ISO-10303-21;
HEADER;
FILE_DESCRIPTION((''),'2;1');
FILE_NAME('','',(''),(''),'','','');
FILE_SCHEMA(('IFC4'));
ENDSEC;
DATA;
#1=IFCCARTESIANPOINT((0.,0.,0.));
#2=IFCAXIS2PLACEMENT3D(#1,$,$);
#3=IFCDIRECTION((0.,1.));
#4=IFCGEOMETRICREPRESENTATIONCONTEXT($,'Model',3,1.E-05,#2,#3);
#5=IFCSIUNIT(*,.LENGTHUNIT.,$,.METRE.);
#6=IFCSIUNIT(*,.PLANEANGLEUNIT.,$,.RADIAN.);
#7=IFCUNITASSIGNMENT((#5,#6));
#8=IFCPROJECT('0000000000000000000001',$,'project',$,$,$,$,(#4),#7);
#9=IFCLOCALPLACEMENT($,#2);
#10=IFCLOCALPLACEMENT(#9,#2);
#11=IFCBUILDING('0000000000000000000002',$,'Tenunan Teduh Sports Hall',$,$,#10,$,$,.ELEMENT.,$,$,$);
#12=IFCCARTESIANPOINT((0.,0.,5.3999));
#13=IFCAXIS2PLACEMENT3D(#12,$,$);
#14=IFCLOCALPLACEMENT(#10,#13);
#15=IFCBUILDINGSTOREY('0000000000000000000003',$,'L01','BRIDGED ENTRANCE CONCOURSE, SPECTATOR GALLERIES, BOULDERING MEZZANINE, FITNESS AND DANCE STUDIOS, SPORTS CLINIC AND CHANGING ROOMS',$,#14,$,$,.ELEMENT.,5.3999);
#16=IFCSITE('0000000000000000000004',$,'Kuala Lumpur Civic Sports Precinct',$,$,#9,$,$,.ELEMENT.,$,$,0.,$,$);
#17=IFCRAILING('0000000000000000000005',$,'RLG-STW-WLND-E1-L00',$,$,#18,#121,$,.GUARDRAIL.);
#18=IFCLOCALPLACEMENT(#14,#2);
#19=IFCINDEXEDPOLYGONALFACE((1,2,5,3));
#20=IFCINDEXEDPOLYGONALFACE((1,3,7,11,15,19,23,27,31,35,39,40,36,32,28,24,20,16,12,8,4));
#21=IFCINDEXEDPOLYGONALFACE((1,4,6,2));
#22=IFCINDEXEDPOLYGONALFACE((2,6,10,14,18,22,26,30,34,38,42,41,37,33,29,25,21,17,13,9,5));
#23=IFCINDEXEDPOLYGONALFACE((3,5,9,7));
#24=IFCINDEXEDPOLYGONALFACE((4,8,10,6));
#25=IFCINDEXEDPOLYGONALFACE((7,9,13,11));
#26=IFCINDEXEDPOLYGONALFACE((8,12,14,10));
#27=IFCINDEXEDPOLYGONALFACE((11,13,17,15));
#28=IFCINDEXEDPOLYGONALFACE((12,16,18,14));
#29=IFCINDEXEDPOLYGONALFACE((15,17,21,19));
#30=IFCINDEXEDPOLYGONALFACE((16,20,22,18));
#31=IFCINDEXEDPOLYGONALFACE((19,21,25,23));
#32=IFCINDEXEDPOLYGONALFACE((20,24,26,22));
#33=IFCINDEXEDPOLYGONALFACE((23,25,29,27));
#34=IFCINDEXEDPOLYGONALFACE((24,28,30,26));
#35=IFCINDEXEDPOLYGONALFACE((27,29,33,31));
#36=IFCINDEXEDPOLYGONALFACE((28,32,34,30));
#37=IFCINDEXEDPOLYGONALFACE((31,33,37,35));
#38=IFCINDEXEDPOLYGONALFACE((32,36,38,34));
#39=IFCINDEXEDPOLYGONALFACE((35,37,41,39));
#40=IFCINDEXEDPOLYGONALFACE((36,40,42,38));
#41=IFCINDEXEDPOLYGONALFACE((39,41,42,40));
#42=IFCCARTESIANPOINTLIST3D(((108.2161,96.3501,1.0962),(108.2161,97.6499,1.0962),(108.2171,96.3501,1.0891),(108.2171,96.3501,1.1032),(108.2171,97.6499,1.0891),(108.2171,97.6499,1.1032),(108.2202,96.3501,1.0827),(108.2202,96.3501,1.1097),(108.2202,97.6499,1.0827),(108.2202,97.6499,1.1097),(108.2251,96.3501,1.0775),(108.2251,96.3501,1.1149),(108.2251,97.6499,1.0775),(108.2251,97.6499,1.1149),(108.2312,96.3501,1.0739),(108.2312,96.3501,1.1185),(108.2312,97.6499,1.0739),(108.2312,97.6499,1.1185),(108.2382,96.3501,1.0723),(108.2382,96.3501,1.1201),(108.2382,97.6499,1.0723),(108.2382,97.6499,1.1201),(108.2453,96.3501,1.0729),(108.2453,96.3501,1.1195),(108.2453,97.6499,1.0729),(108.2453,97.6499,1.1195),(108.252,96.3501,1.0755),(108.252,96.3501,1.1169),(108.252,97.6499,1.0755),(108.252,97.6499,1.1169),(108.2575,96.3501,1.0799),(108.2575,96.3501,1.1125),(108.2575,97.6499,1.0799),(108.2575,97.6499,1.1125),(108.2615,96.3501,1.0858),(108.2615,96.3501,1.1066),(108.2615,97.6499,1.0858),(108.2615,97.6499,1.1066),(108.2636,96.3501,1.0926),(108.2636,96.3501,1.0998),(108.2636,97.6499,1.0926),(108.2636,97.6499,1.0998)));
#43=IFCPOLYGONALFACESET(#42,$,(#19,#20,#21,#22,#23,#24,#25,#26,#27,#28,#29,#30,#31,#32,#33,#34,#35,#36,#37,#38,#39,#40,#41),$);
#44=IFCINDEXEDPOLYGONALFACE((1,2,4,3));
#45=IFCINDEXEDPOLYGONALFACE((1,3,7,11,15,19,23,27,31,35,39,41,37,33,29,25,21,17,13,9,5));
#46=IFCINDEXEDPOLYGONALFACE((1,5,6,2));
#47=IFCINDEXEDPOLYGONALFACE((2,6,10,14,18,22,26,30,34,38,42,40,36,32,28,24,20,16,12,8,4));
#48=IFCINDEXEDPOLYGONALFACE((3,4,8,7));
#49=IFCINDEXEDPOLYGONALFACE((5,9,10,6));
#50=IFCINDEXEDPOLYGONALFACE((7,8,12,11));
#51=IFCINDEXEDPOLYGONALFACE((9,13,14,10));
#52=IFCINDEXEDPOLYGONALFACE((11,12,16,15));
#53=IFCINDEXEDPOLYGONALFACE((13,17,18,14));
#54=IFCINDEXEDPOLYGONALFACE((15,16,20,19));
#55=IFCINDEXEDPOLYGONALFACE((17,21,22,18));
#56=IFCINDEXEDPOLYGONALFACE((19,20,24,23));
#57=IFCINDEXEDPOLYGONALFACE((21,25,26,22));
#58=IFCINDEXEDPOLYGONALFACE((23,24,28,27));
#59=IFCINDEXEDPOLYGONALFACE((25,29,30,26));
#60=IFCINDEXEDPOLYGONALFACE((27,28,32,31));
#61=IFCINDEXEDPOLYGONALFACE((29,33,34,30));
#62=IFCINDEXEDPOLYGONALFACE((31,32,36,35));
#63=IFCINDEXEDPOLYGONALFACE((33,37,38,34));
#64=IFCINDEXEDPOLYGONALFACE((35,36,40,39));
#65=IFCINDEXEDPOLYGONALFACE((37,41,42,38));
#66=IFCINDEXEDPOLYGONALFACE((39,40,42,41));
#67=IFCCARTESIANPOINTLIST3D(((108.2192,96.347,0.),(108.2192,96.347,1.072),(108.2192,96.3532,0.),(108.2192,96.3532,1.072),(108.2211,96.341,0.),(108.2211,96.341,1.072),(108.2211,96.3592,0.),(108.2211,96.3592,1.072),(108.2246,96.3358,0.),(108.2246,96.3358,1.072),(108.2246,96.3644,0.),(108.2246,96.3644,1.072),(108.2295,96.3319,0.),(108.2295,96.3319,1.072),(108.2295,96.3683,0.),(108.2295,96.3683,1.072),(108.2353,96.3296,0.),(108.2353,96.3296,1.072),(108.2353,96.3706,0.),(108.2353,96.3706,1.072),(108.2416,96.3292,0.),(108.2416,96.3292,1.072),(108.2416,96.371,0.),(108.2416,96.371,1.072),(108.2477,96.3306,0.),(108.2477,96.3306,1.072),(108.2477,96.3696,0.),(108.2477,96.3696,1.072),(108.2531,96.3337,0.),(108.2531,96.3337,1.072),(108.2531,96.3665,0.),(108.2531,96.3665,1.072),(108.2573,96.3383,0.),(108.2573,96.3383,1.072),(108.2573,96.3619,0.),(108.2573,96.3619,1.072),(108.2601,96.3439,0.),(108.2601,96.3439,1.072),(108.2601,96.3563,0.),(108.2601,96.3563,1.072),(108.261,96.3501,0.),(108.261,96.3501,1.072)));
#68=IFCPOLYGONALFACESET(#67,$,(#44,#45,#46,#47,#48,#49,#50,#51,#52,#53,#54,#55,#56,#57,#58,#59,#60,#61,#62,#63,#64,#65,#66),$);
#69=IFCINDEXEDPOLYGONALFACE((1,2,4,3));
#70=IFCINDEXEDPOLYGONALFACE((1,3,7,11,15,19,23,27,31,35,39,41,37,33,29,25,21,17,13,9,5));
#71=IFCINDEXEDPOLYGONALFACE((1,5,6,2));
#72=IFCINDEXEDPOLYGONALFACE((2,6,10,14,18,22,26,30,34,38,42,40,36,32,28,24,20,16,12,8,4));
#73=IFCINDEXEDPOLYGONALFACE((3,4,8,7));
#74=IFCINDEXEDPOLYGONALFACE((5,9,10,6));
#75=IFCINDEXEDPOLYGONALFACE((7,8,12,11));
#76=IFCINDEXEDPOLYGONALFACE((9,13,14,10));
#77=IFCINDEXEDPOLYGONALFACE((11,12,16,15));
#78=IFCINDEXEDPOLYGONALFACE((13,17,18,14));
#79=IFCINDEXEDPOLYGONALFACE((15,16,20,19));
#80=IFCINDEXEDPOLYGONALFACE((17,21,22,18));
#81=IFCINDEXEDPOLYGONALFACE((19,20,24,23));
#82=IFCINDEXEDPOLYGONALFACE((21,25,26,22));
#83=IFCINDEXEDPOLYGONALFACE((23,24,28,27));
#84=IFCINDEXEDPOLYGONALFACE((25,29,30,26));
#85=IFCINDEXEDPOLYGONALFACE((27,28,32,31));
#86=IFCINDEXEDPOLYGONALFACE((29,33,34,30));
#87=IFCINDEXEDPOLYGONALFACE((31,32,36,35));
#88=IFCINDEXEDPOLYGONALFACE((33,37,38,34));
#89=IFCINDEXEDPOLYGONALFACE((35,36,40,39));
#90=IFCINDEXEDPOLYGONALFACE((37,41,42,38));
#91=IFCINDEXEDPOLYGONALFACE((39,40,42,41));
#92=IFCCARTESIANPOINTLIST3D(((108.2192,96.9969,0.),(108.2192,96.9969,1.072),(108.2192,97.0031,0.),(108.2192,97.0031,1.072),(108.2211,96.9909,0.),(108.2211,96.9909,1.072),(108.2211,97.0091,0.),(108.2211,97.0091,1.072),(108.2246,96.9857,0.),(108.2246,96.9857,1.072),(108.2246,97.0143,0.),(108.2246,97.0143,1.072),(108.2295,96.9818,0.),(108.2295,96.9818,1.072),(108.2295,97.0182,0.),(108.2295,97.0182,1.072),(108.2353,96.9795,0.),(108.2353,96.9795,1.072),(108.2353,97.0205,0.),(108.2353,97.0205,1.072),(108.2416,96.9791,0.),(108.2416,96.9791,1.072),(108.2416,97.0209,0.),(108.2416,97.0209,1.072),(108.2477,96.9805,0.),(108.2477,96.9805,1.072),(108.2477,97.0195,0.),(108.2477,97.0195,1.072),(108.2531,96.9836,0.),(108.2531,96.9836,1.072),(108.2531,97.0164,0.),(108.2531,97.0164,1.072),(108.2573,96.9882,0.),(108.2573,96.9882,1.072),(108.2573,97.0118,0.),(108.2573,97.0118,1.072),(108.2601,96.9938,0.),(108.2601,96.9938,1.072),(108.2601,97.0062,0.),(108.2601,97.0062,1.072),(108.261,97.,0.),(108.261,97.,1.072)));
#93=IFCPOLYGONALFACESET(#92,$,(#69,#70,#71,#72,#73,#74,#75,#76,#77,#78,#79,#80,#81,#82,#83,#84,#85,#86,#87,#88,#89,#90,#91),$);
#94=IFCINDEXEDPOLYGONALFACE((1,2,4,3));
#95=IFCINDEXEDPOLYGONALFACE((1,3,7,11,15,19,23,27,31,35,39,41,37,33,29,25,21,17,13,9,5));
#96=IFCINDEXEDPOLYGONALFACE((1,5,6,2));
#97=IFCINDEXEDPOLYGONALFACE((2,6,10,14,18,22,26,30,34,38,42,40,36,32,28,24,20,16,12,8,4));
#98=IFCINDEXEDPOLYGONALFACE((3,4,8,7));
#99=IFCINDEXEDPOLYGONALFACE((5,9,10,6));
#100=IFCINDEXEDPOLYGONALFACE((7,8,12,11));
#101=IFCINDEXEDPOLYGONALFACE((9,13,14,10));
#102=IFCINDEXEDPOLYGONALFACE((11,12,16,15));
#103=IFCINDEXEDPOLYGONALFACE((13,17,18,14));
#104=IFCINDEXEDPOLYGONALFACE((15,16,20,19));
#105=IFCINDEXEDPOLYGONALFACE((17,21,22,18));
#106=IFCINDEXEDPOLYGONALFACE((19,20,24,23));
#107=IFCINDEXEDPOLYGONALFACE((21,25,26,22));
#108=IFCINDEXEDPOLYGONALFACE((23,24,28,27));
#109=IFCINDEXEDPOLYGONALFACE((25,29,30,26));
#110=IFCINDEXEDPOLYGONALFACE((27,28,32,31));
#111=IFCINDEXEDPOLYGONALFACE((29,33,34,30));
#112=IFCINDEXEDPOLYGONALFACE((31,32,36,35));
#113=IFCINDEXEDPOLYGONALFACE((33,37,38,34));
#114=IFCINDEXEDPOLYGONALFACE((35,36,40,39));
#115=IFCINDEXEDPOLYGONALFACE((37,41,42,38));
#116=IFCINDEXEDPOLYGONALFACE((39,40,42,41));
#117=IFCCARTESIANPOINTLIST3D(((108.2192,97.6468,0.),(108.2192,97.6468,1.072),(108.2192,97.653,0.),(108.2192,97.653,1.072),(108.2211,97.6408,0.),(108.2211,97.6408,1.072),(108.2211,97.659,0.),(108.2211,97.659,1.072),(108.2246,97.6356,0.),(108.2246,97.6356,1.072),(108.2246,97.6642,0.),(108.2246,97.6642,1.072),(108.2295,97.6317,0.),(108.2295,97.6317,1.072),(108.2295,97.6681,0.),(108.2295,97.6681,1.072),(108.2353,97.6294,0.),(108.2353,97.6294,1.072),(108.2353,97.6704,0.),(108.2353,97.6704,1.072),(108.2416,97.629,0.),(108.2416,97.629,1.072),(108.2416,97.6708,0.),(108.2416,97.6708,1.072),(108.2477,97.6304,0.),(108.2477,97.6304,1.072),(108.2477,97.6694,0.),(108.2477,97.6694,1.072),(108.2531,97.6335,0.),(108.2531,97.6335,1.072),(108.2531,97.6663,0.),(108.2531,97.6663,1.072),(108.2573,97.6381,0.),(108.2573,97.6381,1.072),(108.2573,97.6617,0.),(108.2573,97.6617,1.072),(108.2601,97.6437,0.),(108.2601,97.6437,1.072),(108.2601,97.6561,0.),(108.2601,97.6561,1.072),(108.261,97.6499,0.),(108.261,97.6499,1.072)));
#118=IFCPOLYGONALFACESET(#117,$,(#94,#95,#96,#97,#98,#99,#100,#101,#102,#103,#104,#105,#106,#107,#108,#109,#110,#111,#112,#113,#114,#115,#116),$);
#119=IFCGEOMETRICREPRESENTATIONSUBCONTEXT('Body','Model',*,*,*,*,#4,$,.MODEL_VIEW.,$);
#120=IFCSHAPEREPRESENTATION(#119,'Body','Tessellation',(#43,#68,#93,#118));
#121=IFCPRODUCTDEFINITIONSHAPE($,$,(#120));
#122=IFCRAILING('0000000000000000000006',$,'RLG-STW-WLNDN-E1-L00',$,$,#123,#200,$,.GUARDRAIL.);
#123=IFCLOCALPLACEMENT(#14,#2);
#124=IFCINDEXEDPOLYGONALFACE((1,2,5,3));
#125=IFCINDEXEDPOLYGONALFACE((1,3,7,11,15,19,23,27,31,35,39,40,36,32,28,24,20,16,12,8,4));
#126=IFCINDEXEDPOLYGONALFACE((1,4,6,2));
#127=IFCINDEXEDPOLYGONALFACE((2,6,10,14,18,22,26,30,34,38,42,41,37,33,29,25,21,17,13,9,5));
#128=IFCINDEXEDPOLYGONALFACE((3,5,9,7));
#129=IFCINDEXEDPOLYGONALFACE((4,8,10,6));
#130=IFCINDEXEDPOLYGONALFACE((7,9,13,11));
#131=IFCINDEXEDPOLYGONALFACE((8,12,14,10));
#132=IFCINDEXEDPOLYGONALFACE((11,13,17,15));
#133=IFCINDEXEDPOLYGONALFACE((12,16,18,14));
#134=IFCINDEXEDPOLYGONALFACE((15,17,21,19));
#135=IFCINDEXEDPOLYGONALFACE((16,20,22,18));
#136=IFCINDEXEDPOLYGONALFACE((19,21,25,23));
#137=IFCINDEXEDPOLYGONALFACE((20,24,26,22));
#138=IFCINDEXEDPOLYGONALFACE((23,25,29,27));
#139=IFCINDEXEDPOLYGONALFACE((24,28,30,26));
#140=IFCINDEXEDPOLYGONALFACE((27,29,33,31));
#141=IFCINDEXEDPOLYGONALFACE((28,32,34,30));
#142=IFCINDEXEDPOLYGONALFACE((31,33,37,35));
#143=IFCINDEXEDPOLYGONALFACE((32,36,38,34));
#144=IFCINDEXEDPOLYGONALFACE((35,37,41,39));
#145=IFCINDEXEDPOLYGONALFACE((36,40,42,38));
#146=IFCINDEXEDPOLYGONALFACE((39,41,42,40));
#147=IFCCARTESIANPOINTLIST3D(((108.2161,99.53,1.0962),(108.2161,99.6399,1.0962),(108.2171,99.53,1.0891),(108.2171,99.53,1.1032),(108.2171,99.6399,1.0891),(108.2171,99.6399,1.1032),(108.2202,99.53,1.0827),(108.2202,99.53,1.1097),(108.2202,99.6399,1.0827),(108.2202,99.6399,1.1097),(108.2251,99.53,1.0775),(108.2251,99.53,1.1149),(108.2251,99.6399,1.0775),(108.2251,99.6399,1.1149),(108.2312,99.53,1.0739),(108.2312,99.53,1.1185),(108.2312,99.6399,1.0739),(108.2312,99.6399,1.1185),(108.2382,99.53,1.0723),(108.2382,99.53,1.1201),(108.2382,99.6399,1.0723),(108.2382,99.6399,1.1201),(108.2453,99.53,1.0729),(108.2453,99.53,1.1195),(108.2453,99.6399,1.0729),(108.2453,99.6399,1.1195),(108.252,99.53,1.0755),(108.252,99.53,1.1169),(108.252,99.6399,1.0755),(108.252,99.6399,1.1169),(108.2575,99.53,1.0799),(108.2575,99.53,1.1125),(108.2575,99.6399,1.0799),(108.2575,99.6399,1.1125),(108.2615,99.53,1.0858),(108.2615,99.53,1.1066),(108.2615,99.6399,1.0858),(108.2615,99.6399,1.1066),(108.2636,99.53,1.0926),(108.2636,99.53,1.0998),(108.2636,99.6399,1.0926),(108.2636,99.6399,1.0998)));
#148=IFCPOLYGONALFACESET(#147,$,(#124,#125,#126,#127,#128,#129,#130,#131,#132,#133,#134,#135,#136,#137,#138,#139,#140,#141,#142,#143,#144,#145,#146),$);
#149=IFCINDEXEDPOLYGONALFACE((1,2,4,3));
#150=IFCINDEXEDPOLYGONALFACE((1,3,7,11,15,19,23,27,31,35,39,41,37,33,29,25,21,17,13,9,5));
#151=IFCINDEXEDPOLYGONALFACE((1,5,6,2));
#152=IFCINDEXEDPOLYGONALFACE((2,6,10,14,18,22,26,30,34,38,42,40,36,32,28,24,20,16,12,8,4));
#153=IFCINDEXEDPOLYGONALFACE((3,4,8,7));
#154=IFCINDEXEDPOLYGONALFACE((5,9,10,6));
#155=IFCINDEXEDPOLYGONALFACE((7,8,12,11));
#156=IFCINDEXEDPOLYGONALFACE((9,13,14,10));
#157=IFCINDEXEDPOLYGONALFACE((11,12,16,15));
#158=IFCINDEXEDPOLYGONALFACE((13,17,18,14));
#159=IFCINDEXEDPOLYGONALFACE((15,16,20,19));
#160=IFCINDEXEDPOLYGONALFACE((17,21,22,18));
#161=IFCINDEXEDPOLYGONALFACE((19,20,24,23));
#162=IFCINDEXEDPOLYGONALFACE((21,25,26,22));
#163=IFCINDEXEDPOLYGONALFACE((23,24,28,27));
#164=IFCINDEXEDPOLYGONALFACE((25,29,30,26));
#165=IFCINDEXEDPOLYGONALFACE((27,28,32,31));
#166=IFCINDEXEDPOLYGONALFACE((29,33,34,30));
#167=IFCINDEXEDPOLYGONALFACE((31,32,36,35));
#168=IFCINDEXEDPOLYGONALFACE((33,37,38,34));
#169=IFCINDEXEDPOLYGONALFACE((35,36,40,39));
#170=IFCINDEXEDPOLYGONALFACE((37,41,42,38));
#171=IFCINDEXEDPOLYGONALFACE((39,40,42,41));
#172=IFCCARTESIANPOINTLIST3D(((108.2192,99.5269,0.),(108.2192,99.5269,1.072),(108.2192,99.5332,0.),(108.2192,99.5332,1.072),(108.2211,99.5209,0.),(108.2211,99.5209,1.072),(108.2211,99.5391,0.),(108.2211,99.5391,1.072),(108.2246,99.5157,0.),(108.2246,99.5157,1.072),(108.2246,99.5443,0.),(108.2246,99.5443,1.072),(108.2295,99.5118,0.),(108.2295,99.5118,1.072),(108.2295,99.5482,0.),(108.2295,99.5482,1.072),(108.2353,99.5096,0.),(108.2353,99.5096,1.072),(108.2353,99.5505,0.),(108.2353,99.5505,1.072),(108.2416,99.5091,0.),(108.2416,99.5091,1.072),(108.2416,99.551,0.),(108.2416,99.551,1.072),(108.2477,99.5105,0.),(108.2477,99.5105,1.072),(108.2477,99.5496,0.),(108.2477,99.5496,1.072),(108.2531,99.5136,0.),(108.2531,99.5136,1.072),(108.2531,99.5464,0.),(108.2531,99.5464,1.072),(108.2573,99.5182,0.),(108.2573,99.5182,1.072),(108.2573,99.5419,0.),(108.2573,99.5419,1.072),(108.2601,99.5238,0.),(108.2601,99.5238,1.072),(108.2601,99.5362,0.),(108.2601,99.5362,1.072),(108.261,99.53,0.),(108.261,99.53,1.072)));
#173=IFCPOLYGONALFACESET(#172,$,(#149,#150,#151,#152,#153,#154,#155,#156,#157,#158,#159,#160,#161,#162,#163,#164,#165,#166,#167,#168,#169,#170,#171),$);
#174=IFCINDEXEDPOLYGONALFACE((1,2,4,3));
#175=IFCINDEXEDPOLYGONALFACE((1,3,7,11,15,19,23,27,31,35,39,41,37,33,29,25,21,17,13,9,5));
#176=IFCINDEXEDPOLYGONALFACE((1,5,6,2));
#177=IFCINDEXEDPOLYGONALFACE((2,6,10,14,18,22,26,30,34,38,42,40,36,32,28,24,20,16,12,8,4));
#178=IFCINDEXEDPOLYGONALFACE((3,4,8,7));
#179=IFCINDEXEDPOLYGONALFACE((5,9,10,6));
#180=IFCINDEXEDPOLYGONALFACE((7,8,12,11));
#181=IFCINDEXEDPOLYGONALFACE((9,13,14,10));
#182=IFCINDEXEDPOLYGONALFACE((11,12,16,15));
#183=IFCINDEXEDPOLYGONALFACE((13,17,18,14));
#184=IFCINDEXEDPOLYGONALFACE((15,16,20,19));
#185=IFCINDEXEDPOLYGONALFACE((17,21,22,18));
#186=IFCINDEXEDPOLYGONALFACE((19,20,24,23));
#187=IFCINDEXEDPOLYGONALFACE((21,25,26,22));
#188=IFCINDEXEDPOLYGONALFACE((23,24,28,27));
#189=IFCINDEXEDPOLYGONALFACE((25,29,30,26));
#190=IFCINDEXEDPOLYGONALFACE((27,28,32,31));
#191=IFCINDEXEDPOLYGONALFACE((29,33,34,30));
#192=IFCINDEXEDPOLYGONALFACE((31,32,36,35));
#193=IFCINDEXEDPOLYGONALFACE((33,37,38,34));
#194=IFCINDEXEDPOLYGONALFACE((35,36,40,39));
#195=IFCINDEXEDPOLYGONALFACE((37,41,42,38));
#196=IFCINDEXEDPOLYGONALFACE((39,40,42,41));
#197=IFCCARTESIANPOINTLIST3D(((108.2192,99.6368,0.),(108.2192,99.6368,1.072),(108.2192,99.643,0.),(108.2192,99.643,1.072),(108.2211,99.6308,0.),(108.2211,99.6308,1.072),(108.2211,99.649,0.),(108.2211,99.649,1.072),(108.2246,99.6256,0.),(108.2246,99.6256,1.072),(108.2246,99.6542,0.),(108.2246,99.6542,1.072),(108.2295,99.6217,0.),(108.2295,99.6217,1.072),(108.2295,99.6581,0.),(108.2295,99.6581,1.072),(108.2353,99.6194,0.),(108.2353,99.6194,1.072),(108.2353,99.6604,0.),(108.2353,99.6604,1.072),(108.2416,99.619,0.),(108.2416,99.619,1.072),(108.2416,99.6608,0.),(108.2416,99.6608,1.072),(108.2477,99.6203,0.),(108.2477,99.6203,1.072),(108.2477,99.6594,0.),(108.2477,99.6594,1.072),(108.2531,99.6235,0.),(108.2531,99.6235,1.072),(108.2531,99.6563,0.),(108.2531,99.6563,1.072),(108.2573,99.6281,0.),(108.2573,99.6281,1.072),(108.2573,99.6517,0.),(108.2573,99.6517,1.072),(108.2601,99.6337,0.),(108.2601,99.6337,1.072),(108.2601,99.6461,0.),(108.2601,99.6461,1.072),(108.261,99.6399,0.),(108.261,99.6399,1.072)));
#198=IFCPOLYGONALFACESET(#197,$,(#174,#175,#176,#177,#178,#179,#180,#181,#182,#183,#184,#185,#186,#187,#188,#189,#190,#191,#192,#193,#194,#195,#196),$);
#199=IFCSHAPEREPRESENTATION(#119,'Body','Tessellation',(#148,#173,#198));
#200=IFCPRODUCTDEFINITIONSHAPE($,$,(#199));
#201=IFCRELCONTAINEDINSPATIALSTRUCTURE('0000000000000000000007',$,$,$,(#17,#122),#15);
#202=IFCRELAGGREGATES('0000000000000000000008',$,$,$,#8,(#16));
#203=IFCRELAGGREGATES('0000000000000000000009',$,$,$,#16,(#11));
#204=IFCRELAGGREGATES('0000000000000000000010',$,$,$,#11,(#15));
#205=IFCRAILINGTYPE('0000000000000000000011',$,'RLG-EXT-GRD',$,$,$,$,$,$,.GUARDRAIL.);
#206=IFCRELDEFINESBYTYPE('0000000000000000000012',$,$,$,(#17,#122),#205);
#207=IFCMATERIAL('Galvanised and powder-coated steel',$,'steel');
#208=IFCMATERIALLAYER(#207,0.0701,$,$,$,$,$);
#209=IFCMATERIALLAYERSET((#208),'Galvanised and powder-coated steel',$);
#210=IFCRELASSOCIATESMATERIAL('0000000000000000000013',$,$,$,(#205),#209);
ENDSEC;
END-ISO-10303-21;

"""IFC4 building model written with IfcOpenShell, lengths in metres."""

from ifc_helpers import new_model, si_unit, direction, frame, origin, origin_2d, place, context, subcontext, project, spatial, circle, extrude, material, layer, layer_set, type_object, element, save


model = new_model("IFC4")

# Units and contexts
model_context = context("Model", 3, precision=1e-05, world=origin(), true_north=direction((0.0, 1.0)))
body_context = subcontext(model_context, "Body", "Model", "MODEL_VIEW")
ifc_project = project(units=[si_unit("LENGTHUNIT", "METRE"), si_unit("PLANEANGLEUNIT", "RADIAN")], contexts=[model_context])

# Site, building, storey
site_placement = place(None, origin())
site = spatial("IfcSite", under=ifc_project, at=site_placement, Name="Kuala Lumpur Civic Sports Precinct", CompositionType="ELEMENT", RefElevation=0.0)
building_placement = place(site_placement, origin())
building = spatial("IfcBuilding", under=site, at=building_placement, Name="Tenunan Teduh Sports Hall", CompositionType="ELEMENT")
storey_placement = place(building_placement, frame((0.0, 0.0, 5.3999)))
storey = spatial("IfcBuildingStorey", under=building, at=storey_placement, Name="L01", Description="BRIDGED ENTRANCE CONCOURSE, SPECTATOR GALLERIES, BOULDERING MEZZANINE, FITNESS AND DANCE STUDIOS, SPORTS CLINIC AND CHANGING ROOMS", CompositionType="ELEMENT", Elevation=5.3999)

# Railings
ifc_material_1 = material(Name="Galvanised and powder-coated steel", Category="steel")
ifc_layer_1 = layer(ifc_material_1, 0.0701)
ifc_layer_set_1 = layer_set([ifc_layer_1], Name="Galvanised and powder-coated steel")
railing_type_1 = type_object("IfcRailingType", Name="RLG-EXT-GRD", PredefinedType="GUARDRAIL", material=ifc_layer_set_1)
railing_1_placement = place(storey_placement, frame((108.24, 96.3501, 0.0)))
element("IfcRailing", 1, at=railing_1_placement, inside=storey, type_object=railing_type_1, Name="RLG-STW-WLND-E1-L00", PredefinedType="GUARDRAIL", context=body_context, shape_type="SweptSolid", body=[
    extrude(circle(Radius=0.0239, at=origin_2d()), frame((0.0, 0.0, 1.0962), z_axis=(0.0, 1.0, 0.0), x_axis=(-1.0, 0.0, 0.0)), (0.0, 0.0, 1.0), 1.2998),
    extrude(circle(Radius=0.021, at=origin_2d()), origin(), (0.0, 0.0, 1.0), 1.072),
    extrude(circle(Radius=0.021, at=origin_2d()), frame((0.0, 0.6499, 0.0)), (0.0, 0.0, 1.0), 1.072),
    extrude(circle(Radius=0.021, at=origin_2d()), frame((0.0, 1.2998, 0.0)), (0.0, 0.0, 1.0), 1.072),
])
railing_2_placement = place(storey_placement, frame((108.24, 99.53, 0.0)))
element("IfcRailing", 2, at=railing_2_placement, inside=storey, type_object=railing_type_1, Name="RLG-STW-WLNDN-E1-L00", PredefinedType="GUARDRAIL", context=body_context, shape_type="SweptSolid", body=[
    extrude(circle(Radius=0.0239, at=origin_2d()), frame((0.0, 0.0, 1.0962), z_axis=(0.0, 1.0, 0.0), x_axis=(-1.0, 0.0, 0.0)), (0.0, 0.0, 1.0), 0.1099),
    extrude(circle(Radius=0.021, at=origin_2d()), origin(), (0.0, 0.0, 1.0), 1.072),
    extrude(circle(Radius=0.021, at=origin_2d()), frame((0.0, 0.1099, 0.0)), (0.0, 0.0, 1.0), 1.072),
])

save(model, "model.ifc")
